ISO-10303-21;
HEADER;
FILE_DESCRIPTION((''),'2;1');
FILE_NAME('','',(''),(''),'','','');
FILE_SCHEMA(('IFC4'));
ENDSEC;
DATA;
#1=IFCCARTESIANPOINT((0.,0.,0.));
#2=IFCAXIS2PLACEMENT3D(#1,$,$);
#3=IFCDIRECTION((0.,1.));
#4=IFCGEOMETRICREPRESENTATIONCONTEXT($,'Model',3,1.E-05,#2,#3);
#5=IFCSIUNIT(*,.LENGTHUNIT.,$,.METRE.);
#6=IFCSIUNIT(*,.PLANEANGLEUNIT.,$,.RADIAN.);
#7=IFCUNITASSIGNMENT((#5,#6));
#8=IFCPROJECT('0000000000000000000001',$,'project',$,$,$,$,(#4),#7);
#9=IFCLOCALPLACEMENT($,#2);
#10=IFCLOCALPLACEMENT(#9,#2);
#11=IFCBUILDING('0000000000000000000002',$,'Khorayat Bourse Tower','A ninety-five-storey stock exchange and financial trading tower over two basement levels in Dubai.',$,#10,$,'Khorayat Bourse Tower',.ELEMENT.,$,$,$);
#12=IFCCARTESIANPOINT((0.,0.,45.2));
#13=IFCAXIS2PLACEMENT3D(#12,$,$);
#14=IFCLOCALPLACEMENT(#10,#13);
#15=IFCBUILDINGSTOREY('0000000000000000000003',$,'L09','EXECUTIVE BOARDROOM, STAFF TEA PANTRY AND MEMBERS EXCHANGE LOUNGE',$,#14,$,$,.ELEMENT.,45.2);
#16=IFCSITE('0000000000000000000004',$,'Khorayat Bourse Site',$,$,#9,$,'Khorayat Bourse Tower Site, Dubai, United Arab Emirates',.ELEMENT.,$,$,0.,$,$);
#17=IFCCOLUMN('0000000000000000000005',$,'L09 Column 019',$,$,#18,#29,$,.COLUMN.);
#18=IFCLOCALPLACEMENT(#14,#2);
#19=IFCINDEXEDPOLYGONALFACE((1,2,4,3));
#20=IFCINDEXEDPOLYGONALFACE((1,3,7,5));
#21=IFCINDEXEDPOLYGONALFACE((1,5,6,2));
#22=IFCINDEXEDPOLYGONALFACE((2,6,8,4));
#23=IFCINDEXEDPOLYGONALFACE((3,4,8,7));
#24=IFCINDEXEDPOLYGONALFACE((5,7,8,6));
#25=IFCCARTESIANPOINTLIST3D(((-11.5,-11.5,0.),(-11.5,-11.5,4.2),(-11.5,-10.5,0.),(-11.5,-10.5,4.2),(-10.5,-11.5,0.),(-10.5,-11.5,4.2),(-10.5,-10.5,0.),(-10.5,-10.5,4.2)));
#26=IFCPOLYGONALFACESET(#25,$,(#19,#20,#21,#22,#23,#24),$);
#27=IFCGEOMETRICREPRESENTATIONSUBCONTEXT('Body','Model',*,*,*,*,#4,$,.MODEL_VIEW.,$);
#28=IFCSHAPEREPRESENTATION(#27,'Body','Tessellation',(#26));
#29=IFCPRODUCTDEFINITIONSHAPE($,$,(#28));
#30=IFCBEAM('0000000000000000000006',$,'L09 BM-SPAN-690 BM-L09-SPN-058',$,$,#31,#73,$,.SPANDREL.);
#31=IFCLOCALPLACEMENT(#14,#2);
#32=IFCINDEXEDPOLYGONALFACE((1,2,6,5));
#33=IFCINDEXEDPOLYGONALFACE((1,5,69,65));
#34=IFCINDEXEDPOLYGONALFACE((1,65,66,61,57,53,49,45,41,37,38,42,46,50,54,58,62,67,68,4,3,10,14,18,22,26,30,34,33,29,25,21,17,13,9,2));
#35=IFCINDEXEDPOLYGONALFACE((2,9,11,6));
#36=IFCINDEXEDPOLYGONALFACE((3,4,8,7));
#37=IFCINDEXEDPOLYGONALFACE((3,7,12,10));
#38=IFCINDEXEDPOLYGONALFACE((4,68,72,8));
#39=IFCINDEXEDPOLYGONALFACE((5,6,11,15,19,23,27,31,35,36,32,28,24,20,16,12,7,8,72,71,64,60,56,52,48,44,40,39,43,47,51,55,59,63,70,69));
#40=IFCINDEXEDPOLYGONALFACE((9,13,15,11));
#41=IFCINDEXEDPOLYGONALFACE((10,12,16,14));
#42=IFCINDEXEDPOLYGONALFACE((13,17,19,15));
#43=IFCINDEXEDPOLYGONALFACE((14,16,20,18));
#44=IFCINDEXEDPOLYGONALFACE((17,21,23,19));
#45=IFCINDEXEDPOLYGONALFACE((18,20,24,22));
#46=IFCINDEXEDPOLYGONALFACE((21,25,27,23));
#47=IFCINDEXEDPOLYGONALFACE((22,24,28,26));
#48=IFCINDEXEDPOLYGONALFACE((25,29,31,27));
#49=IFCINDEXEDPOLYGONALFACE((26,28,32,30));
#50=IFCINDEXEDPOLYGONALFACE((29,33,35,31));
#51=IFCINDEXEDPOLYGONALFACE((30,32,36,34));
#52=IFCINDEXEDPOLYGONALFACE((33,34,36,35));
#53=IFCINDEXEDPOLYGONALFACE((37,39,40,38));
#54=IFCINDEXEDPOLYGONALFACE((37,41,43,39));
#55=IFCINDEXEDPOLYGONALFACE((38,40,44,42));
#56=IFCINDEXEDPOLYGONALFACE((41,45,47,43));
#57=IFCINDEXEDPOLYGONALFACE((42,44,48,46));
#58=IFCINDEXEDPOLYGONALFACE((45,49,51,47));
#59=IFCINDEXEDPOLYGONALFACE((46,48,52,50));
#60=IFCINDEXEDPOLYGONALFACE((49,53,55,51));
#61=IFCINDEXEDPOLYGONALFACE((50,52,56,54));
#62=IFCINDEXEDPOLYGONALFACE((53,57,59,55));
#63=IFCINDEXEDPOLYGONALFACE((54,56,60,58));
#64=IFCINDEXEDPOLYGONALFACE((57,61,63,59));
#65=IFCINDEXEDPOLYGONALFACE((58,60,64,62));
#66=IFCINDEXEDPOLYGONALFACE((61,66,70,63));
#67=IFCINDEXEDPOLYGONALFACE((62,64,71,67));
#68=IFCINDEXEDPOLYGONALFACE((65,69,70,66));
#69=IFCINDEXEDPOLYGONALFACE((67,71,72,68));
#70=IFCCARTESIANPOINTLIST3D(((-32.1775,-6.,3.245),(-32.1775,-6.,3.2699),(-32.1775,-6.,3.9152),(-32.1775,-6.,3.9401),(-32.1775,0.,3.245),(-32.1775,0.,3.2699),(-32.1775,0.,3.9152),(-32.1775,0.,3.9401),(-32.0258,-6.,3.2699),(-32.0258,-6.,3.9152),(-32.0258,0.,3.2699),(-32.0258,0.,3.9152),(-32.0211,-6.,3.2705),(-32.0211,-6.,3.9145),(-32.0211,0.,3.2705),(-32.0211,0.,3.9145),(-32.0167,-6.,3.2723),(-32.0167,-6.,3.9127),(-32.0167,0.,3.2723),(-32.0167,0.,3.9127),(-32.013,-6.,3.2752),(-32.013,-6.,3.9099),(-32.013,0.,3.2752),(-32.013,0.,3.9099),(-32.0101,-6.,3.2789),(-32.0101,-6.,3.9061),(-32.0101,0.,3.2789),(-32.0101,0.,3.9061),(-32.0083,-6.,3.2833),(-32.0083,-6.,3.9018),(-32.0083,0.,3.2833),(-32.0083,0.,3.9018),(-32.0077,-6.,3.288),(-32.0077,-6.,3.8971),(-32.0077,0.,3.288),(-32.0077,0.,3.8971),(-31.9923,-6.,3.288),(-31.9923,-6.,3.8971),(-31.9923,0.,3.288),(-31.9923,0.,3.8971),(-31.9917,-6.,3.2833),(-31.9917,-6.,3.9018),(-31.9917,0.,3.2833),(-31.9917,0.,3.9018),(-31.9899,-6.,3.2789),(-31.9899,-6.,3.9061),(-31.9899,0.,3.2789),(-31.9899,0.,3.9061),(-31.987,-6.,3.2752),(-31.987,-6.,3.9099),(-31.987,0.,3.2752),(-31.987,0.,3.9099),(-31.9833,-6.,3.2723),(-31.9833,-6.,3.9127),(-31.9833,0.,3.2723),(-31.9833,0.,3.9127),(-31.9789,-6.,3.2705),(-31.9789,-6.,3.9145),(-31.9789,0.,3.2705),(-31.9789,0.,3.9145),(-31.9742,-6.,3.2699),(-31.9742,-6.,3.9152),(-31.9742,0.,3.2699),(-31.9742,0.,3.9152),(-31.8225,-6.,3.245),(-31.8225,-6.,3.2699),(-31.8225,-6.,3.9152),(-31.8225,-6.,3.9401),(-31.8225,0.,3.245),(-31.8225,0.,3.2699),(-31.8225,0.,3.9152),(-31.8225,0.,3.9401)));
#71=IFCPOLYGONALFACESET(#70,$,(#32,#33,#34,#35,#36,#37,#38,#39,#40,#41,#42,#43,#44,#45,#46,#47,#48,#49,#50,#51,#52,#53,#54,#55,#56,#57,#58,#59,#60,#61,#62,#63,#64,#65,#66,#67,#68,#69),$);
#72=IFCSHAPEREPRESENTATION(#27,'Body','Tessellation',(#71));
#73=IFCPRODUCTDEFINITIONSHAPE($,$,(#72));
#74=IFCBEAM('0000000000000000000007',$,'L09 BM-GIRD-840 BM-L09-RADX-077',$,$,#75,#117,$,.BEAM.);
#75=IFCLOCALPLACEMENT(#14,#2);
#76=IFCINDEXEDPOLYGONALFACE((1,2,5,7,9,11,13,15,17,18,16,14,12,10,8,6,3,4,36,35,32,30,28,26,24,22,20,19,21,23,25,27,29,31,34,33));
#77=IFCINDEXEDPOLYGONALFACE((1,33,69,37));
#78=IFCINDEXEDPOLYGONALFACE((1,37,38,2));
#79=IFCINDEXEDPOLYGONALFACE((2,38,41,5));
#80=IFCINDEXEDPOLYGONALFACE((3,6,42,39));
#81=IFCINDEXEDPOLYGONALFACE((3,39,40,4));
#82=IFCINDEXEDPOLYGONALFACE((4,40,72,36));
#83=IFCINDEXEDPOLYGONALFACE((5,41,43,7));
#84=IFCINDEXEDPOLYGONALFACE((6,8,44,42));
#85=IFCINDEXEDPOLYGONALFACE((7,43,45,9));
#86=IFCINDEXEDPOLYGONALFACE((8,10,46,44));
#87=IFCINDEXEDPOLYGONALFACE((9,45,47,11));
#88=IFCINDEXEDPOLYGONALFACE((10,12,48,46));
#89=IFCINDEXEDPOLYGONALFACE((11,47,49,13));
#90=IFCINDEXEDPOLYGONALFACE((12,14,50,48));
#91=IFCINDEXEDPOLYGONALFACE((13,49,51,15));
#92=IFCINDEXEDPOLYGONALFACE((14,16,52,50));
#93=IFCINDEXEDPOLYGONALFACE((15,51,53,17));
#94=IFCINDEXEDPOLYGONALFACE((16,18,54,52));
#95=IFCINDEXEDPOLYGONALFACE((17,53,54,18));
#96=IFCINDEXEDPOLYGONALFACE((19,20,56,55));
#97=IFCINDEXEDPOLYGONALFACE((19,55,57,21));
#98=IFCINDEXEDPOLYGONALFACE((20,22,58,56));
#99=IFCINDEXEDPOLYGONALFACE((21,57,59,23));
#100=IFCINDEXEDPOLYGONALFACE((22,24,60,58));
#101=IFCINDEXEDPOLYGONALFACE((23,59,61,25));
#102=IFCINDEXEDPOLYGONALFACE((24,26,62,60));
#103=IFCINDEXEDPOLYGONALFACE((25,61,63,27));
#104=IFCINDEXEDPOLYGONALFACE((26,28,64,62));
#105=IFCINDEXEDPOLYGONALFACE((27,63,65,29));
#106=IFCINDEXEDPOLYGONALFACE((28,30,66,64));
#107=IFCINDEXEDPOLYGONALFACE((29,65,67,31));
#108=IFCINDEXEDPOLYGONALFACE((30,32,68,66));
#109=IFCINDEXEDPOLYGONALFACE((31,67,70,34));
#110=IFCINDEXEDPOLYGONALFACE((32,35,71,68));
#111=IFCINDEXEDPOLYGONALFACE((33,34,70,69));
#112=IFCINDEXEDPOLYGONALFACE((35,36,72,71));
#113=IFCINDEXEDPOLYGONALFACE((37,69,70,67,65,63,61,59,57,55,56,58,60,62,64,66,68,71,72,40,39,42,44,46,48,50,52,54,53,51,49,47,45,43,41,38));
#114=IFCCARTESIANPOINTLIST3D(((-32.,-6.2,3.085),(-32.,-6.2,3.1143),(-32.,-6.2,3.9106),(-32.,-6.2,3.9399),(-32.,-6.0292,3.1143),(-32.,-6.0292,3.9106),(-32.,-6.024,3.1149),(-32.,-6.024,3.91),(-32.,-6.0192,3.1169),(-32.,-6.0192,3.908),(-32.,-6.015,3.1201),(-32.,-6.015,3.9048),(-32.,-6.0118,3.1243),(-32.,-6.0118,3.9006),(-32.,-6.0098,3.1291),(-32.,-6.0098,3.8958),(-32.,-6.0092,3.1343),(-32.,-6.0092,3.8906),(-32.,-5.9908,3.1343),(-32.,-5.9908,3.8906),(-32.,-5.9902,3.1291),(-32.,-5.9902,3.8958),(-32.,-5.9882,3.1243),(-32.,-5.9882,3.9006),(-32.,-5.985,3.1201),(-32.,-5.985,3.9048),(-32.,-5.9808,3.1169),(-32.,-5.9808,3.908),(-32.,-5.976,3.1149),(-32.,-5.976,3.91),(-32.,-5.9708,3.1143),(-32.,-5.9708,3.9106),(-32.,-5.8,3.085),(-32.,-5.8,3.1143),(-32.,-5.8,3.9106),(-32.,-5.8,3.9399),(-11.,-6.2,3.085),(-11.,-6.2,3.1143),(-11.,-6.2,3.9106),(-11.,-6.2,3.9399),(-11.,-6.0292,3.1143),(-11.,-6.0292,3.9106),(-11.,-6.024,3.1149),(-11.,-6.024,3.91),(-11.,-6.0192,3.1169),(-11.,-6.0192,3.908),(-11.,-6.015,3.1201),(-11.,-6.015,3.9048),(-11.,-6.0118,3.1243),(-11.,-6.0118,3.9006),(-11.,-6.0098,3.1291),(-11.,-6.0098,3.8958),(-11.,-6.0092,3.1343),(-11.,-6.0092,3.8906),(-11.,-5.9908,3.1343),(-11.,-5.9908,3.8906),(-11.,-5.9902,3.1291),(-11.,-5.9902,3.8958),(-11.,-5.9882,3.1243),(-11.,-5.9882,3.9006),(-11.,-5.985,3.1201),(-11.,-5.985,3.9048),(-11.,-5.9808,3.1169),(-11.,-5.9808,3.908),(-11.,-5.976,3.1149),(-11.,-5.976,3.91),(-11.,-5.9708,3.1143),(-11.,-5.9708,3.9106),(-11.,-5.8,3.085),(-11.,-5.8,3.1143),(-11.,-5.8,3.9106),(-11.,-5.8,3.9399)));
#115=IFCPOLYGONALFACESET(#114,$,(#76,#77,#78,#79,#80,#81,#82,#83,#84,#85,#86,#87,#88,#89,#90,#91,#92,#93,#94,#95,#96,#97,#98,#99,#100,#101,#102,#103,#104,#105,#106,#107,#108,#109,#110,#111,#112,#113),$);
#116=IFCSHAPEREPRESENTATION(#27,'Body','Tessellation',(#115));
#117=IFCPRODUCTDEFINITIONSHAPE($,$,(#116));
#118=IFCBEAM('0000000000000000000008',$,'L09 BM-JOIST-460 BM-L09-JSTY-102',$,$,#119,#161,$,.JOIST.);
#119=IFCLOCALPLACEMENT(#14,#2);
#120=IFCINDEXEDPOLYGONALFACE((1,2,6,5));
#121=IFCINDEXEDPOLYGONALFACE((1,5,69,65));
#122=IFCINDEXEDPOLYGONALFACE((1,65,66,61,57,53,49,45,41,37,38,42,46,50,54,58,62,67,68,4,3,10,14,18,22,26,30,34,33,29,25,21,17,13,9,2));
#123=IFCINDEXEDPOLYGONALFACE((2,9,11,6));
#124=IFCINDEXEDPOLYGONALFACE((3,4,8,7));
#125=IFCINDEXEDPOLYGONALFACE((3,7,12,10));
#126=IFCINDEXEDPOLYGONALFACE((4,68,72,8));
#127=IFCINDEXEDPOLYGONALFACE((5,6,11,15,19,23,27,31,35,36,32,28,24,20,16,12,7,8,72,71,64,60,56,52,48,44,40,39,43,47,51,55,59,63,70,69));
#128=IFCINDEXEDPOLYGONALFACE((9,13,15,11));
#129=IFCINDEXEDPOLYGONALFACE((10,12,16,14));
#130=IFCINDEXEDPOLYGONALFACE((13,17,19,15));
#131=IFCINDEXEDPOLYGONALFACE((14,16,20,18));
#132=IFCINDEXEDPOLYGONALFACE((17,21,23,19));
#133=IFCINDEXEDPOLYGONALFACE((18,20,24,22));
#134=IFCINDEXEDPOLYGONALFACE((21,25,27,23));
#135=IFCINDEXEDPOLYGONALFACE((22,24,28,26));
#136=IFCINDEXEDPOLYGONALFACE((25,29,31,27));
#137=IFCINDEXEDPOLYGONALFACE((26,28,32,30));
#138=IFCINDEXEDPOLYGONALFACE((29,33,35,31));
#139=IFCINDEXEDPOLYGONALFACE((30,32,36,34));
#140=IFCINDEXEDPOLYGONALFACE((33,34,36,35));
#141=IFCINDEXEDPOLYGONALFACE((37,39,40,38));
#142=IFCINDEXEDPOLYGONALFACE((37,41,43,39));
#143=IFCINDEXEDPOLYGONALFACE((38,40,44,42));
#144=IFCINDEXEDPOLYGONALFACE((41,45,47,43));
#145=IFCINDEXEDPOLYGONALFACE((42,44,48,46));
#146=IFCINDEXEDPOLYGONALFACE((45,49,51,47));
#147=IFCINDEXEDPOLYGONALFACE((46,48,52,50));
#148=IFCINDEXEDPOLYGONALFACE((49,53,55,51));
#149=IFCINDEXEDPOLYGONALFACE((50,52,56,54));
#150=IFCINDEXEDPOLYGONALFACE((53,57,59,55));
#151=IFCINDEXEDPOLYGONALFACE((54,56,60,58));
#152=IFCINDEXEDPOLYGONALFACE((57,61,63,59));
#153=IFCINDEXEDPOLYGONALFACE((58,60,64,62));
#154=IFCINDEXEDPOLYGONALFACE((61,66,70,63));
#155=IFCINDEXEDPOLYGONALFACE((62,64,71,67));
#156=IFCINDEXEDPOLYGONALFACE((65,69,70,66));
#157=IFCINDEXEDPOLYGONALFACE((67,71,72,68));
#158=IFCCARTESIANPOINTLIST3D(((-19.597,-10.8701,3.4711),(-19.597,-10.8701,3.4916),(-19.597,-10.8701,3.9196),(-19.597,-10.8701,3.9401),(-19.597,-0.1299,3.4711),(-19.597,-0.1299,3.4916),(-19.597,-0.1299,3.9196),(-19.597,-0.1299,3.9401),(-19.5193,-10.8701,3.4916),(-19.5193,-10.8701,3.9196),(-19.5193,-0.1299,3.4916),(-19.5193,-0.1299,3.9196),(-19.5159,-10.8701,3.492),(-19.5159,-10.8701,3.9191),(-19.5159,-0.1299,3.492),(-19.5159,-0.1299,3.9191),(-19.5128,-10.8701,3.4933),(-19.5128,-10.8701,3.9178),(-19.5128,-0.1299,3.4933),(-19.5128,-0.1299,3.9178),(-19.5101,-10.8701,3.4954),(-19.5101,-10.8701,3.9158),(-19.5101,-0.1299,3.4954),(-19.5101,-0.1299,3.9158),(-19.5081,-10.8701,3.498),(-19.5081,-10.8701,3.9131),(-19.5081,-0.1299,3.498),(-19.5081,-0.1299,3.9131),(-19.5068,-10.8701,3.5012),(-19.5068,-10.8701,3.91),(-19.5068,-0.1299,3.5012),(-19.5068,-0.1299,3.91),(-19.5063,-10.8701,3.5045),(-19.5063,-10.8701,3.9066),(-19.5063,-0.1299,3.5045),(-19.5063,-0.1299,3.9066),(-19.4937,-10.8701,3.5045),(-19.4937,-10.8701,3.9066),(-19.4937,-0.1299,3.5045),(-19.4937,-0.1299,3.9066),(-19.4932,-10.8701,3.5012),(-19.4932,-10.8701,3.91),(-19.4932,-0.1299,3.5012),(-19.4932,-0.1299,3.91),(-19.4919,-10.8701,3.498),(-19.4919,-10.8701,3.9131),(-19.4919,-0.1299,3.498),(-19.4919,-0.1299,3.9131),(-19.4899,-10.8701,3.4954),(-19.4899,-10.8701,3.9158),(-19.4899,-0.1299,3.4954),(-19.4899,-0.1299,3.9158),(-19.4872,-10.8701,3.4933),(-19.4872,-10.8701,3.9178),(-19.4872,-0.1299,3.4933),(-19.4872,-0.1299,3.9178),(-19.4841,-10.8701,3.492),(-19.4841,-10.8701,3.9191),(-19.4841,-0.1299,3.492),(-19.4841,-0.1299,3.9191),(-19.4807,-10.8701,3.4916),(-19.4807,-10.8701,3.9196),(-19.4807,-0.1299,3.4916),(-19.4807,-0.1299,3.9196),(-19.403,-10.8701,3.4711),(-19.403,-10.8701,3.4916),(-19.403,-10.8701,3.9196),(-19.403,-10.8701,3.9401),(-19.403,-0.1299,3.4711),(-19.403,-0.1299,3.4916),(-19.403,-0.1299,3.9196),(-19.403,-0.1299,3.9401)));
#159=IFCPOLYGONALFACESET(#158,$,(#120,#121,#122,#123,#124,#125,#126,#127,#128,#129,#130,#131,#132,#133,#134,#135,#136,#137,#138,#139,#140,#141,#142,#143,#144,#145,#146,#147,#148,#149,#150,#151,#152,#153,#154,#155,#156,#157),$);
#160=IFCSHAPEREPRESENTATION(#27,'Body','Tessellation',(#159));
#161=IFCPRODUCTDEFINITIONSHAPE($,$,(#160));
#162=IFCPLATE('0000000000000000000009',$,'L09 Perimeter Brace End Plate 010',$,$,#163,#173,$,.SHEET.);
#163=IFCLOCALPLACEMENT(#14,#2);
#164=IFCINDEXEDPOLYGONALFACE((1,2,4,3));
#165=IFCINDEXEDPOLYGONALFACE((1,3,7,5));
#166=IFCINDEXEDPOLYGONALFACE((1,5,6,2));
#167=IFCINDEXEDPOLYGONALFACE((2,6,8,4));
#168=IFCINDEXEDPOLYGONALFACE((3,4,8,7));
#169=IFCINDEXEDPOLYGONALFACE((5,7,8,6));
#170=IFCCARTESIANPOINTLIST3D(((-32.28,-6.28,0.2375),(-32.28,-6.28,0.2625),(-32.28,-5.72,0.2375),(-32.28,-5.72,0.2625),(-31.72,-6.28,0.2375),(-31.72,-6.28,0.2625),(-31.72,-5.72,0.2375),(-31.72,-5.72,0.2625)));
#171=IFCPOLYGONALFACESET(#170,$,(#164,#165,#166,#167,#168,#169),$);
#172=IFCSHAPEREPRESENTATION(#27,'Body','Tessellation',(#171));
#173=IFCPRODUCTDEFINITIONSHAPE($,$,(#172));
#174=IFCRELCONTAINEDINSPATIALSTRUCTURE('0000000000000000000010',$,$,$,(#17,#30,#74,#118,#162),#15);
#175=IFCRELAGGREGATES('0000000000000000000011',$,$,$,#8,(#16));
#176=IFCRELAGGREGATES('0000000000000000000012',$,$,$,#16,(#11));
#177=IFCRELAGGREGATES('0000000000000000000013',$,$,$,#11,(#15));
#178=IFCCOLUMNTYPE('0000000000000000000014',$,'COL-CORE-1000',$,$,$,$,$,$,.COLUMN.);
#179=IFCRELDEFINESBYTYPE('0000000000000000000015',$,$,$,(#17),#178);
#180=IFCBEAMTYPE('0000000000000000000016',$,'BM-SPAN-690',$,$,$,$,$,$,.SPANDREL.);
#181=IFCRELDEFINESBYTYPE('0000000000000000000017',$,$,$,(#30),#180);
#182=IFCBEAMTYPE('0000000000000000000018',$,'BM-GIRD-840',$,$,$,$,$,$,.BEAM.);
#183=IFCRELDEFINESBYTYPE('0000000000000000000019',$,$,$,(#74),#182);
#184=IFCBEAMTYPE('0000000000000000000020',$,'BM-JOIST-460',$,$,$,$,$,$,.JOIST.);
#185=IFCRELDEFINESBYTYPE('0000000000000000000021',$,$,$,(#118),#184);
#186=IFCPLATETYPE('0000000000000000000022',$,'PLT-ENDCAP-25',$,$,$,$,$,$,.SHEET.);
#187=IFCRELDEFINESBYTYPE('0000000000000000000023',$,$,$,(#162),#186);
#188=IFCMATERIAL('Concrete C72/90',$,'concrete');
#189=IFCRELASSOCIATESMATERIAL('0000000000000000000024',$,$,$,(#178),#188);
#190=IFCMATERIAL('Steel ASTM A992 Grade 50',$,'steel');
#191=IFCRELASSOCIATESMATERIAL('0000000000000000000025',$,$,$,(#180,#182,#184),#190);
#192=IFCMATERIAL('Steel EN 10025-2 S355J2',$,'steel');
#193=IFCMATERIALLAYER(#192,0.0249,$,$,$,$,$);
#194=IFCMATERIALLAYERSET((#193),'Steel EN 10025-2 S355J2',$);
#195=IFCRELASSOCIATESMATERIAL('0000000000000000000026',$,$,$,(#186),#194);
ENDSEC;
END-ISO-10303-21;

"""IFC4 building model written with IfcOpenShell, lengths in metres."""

from ifc_helpers import new_model, si_unit, direction, frame, origin, origin_2d, place, context, subcontext, project, spatial, rectangle, i_section, extrude, source, transform, mapped, material, layer, layer_set, material_profile, profile_set, type_object, element, save


model = new_model("IFC4")

# Units and contexts
model_context = context("Model", 3, precision=1e-05, world=origin(), true_north=direction((0.0, 1.0)))
body_context = subcontext(model_context, "Body", "Model", "MODEL_VIEW")
ifc_project = project(units=[si_unit("LENGTHUNIT", "METRE"), si_unit("PLANEANGLEUNIT", "RADIAN")], contexts=[model_context])

# Site, building, storey
site_placement = place(None, origin())
site = spatial("IfcSite", under=ifc_project, at=site_placement, Name="Khorayat Bourse Site", LongName="Khorayat Bourse Tower Site, Dubai, United Arab Emirates", CompositionType="ELEMENT", RefElevation=0.0)
building_placement = place(site_placement, origin())
building = spatial("IfcBuilding", under=site, at=building_placement, Name="Khorayat Bourse Tower", Description="A ninety-five-storey stock exchange and financial trading tower over two basement levels in Dubai.", LongName="Khorayat Bourse Tower", CompositionType="ELEMENT")
storey_placement = place(building_placement, frame((0.0, 0.0, 45.2)))
storey = spatial("IfcBuildingStorey", under=building, at=storey_placement, Name="L09", Description="EXECUTIVE BOARDROOM, STAFF TEA PANTRY AND MEMBERS EXCHANGE LOUNGE", CompositionType="ELEMENT", Elevation=45.2)

# Column
ifc_material_1 = material(Name="Concrete C72/90", Category="concrete")
ifc_material_profile_1 = material_profile(ifc_material_1, rectangle(XDim=1.0, YDim=1.0, at=origin_2d()), Name="RC 1000x1000")
ifc_profile_set_1 = profile_set([ifc_material_profile_1], Name="Concrete C72/90")
column_type = type_object("IfcColumnType", Name="COL-CORE-1000", PredefinedType="COLUMN", material=ifc_profile_set_1)
shared_shape_1 = source(origin(), body_context, "Body", "SweptSolid", [
    extrude(rectangle(XDim=1.0, YDim=1.0, at=origin_2d()), origin(), (0.0, 0.0, 1.0), 4.2),
])
column_placement = place(storey_placement, frame((-11.0, -11.0, 0.0), z_axis=(0.0, 0.0, 1.0), x_axis=(1.0, 0.0, 0.0)))
element("IfcColumn", 1, at=column_placement, inside=storey, type_object=column_type, Name="L09 Column 019", PredefinedType="COLUMN", context=body_context, shape_type="MappedRepresentation", body=[
    mapped(shared_shape_1, transform((0.0, 0.0, 0.0), scale=1.0)),
])

# Beams
ifc_material_2 = material(Name="Steel ASTM A992 Grade 50", Category="steel")
ifc_material_profile_2 = material_profile(ifc_material_2, i_section(OverallWidth=0.355, OverallDepth=0.6951, WebThickness=0.0154, FlangeThickness=0.0249, FilletRadius=0.0181, at=origin_2d()), Name="W690X217")
ifc_profile_set_2 = profile_set([ifc_material_profile_2], Name="Steel ASTM A992 Grade 50")
beam_type_1 = type_object("IfcBeamType", Name="BM-SPAN-690", PredefinedType="SPANDREL", material=ifc_profile_set_2)
shared_shape_2 = source(origin(), body_context, "Body", "SweptSolid", [
    extrude(i_section(OverallWidth=0.355, OverallDepth=0.6951, WebThickness=0.0154, FlangeThickness=0.0249, FilletRadius=0.0181, at=origin_2d()), origin(), (0.0, 0.0, 1.0), 6.0),
])
beam_1_placement = place(storey_placement, frame((-32.0, -6.0, 3.5925), z_axis=(0.0, 1.0, 0.0), x_axis=(-1.0, 0.0, 0.0)))
element("IfcBeam", 2, at=beam_1_placement, inside=storey, type_object=beam_type_1, Name="L09 BM-SPAN-690 BM-L09-SPN-058", PredefinedType="SPANDREL", context=body_context, shape_type="MappedRepresentation", body=[
    mapped(shared_shape_2, transform((0.0, 0.0, 0.0), scale=1.0)),
])
ifc_material_profile_3 = material_profile(ifc_material_2, i_section(OverallWidth=0.3999, OverallDepth=0.855, WebThickness=0.0183, FlangeThickness=0.0293, FilletRadius=0.02, at=origin_2d()), Name="W840X299")
ifc_profile_set_3 = profile_set([ifc_material_profile_3], Name="Steel ASTM A992 Grade 50")
beam_type_2 = type_object("IfcBeamType", Name="BM-GIRD-840", PredefinedType="BEAM", material=ifc_profile_set_3)
shared_shape_3 = source(origin(), body_context, "Body", "SweptSolid", [
    extrude(i_section(OverallWidth=0.3999, OverallDepth=0.855, WebThickness=0.0183, FlangeThickness=0.0293, FilletRadius=0.02, at=origin_2d()), origin(), (0.0, 0.0, 1.0), 21.0),
])
beam_2_placement = place(storey_placement, frame((-32.0, -6.0, 3.5125), z_axis=(1.0, 0.0, 0.0), x_axis=(0.0, 1.0, 0.0)))
element("IfcBeam", 3, at=beam_2_placement, inside=storey, type_object=beam_type_2, Name="L09 BM-GIRD-840 BM-L09-RADX-077", PredefinedType="BEAM", context=body_context, shape_type="MappedRepresentation", body=[
    mapped(shared_shape_3, transform((0.0, 0.0, 0.0), scale=1.0)),
])
ifc_material_profile_4 = material_profile(ifc_material_2, i_section(OverallWidth=0.1941, OverallDepth=0.469, WebThickness=0.0127, FlangeThickness=0.0205, FilletRadius=0.0129, at=origin_2d()), Name="W460X106")
ifc_profile_set_4 = profile_set([ifc_material_profile_4], Name="Steel ASTM A992 Grade 50")
beam_type_3 = type_object("IfcBeamType", Name="BM-JOIST-460", PredefinedType="JOIST", material=ifc_profile_set_4)
shared_shape_4 = source(origin(), body_context, "Body", "SweptSolid", [
    extrude(i_section(OverallWidth=0.1941, OverallDepth=0.469, WebThickness=0.0127, FlangeThickness=0.0205, FilletRadius=0.0129, at=origin_2d()), origin(), (0.0, 0.0, 1.0), 10.7402),
])
beam_3_placement = place(storey_placement, frame((-19.5, -10.8701, 3.7056), z_axis=(0.0, 1.0, 0.0), x_axis=(-1.0, 0.0, 0.0)))
element("IfcBeam", 4, at=beam_3_placement, inside=storey, type_object=beam_type_3, Name="L09 BM-JOIST-460 BM-L09-JSTY-102", PredefinedType="JOIST", context=body_context, shape_type="MappedRepresentation", body=[
    mapped(shared_shape_4, transform((0.0, 0.0, 0.0), scale=1.0)),
])

# Plate
ifc_material_3 = material(Name="Steel EN 10025-2 S355J2", Category="steel")
ifc_layer_1 = layer(ifc_material_3, 0.0249)
ifc_layer_set_1 = layer_set([ifc_layer_1], Name="Steel EN 10025-2 S355J2")
plate_type = type_object("IfcPlateType", Name="PLT-ENDCAP-25", PredefinedType="SHEET", material=ifc_layer_set_1)
shared_shape_5 = source(origin(), body_context, "Body", "SweptSolid", [
    extrude(rectangle(XDim=0.5601, YDim=0.5601, at=origin_2d()), origin(), (0.0, 0.0, 1.0), 0.0249),
])
plate_placement = place(storey_placement, frame((-32.0, -6.0, 0.2375), z_axis=(0.0, 0.0, 1.0), x_axis=(1.0, 0.0, 0.0)))
element("IfcPlate", 5, at=plate_placement, inside=storey, type_object=plate_type, Name="L09 Perimeter Brace End Plate 010", PredefinedType="SHEET", context=body_context, shape_type="MappedRepresentation", body=[
    mapped(shared_shape_5, transform((0.0, 0.0, 0.0), scale=1.0)),
])

save(model, "model.ifc")
